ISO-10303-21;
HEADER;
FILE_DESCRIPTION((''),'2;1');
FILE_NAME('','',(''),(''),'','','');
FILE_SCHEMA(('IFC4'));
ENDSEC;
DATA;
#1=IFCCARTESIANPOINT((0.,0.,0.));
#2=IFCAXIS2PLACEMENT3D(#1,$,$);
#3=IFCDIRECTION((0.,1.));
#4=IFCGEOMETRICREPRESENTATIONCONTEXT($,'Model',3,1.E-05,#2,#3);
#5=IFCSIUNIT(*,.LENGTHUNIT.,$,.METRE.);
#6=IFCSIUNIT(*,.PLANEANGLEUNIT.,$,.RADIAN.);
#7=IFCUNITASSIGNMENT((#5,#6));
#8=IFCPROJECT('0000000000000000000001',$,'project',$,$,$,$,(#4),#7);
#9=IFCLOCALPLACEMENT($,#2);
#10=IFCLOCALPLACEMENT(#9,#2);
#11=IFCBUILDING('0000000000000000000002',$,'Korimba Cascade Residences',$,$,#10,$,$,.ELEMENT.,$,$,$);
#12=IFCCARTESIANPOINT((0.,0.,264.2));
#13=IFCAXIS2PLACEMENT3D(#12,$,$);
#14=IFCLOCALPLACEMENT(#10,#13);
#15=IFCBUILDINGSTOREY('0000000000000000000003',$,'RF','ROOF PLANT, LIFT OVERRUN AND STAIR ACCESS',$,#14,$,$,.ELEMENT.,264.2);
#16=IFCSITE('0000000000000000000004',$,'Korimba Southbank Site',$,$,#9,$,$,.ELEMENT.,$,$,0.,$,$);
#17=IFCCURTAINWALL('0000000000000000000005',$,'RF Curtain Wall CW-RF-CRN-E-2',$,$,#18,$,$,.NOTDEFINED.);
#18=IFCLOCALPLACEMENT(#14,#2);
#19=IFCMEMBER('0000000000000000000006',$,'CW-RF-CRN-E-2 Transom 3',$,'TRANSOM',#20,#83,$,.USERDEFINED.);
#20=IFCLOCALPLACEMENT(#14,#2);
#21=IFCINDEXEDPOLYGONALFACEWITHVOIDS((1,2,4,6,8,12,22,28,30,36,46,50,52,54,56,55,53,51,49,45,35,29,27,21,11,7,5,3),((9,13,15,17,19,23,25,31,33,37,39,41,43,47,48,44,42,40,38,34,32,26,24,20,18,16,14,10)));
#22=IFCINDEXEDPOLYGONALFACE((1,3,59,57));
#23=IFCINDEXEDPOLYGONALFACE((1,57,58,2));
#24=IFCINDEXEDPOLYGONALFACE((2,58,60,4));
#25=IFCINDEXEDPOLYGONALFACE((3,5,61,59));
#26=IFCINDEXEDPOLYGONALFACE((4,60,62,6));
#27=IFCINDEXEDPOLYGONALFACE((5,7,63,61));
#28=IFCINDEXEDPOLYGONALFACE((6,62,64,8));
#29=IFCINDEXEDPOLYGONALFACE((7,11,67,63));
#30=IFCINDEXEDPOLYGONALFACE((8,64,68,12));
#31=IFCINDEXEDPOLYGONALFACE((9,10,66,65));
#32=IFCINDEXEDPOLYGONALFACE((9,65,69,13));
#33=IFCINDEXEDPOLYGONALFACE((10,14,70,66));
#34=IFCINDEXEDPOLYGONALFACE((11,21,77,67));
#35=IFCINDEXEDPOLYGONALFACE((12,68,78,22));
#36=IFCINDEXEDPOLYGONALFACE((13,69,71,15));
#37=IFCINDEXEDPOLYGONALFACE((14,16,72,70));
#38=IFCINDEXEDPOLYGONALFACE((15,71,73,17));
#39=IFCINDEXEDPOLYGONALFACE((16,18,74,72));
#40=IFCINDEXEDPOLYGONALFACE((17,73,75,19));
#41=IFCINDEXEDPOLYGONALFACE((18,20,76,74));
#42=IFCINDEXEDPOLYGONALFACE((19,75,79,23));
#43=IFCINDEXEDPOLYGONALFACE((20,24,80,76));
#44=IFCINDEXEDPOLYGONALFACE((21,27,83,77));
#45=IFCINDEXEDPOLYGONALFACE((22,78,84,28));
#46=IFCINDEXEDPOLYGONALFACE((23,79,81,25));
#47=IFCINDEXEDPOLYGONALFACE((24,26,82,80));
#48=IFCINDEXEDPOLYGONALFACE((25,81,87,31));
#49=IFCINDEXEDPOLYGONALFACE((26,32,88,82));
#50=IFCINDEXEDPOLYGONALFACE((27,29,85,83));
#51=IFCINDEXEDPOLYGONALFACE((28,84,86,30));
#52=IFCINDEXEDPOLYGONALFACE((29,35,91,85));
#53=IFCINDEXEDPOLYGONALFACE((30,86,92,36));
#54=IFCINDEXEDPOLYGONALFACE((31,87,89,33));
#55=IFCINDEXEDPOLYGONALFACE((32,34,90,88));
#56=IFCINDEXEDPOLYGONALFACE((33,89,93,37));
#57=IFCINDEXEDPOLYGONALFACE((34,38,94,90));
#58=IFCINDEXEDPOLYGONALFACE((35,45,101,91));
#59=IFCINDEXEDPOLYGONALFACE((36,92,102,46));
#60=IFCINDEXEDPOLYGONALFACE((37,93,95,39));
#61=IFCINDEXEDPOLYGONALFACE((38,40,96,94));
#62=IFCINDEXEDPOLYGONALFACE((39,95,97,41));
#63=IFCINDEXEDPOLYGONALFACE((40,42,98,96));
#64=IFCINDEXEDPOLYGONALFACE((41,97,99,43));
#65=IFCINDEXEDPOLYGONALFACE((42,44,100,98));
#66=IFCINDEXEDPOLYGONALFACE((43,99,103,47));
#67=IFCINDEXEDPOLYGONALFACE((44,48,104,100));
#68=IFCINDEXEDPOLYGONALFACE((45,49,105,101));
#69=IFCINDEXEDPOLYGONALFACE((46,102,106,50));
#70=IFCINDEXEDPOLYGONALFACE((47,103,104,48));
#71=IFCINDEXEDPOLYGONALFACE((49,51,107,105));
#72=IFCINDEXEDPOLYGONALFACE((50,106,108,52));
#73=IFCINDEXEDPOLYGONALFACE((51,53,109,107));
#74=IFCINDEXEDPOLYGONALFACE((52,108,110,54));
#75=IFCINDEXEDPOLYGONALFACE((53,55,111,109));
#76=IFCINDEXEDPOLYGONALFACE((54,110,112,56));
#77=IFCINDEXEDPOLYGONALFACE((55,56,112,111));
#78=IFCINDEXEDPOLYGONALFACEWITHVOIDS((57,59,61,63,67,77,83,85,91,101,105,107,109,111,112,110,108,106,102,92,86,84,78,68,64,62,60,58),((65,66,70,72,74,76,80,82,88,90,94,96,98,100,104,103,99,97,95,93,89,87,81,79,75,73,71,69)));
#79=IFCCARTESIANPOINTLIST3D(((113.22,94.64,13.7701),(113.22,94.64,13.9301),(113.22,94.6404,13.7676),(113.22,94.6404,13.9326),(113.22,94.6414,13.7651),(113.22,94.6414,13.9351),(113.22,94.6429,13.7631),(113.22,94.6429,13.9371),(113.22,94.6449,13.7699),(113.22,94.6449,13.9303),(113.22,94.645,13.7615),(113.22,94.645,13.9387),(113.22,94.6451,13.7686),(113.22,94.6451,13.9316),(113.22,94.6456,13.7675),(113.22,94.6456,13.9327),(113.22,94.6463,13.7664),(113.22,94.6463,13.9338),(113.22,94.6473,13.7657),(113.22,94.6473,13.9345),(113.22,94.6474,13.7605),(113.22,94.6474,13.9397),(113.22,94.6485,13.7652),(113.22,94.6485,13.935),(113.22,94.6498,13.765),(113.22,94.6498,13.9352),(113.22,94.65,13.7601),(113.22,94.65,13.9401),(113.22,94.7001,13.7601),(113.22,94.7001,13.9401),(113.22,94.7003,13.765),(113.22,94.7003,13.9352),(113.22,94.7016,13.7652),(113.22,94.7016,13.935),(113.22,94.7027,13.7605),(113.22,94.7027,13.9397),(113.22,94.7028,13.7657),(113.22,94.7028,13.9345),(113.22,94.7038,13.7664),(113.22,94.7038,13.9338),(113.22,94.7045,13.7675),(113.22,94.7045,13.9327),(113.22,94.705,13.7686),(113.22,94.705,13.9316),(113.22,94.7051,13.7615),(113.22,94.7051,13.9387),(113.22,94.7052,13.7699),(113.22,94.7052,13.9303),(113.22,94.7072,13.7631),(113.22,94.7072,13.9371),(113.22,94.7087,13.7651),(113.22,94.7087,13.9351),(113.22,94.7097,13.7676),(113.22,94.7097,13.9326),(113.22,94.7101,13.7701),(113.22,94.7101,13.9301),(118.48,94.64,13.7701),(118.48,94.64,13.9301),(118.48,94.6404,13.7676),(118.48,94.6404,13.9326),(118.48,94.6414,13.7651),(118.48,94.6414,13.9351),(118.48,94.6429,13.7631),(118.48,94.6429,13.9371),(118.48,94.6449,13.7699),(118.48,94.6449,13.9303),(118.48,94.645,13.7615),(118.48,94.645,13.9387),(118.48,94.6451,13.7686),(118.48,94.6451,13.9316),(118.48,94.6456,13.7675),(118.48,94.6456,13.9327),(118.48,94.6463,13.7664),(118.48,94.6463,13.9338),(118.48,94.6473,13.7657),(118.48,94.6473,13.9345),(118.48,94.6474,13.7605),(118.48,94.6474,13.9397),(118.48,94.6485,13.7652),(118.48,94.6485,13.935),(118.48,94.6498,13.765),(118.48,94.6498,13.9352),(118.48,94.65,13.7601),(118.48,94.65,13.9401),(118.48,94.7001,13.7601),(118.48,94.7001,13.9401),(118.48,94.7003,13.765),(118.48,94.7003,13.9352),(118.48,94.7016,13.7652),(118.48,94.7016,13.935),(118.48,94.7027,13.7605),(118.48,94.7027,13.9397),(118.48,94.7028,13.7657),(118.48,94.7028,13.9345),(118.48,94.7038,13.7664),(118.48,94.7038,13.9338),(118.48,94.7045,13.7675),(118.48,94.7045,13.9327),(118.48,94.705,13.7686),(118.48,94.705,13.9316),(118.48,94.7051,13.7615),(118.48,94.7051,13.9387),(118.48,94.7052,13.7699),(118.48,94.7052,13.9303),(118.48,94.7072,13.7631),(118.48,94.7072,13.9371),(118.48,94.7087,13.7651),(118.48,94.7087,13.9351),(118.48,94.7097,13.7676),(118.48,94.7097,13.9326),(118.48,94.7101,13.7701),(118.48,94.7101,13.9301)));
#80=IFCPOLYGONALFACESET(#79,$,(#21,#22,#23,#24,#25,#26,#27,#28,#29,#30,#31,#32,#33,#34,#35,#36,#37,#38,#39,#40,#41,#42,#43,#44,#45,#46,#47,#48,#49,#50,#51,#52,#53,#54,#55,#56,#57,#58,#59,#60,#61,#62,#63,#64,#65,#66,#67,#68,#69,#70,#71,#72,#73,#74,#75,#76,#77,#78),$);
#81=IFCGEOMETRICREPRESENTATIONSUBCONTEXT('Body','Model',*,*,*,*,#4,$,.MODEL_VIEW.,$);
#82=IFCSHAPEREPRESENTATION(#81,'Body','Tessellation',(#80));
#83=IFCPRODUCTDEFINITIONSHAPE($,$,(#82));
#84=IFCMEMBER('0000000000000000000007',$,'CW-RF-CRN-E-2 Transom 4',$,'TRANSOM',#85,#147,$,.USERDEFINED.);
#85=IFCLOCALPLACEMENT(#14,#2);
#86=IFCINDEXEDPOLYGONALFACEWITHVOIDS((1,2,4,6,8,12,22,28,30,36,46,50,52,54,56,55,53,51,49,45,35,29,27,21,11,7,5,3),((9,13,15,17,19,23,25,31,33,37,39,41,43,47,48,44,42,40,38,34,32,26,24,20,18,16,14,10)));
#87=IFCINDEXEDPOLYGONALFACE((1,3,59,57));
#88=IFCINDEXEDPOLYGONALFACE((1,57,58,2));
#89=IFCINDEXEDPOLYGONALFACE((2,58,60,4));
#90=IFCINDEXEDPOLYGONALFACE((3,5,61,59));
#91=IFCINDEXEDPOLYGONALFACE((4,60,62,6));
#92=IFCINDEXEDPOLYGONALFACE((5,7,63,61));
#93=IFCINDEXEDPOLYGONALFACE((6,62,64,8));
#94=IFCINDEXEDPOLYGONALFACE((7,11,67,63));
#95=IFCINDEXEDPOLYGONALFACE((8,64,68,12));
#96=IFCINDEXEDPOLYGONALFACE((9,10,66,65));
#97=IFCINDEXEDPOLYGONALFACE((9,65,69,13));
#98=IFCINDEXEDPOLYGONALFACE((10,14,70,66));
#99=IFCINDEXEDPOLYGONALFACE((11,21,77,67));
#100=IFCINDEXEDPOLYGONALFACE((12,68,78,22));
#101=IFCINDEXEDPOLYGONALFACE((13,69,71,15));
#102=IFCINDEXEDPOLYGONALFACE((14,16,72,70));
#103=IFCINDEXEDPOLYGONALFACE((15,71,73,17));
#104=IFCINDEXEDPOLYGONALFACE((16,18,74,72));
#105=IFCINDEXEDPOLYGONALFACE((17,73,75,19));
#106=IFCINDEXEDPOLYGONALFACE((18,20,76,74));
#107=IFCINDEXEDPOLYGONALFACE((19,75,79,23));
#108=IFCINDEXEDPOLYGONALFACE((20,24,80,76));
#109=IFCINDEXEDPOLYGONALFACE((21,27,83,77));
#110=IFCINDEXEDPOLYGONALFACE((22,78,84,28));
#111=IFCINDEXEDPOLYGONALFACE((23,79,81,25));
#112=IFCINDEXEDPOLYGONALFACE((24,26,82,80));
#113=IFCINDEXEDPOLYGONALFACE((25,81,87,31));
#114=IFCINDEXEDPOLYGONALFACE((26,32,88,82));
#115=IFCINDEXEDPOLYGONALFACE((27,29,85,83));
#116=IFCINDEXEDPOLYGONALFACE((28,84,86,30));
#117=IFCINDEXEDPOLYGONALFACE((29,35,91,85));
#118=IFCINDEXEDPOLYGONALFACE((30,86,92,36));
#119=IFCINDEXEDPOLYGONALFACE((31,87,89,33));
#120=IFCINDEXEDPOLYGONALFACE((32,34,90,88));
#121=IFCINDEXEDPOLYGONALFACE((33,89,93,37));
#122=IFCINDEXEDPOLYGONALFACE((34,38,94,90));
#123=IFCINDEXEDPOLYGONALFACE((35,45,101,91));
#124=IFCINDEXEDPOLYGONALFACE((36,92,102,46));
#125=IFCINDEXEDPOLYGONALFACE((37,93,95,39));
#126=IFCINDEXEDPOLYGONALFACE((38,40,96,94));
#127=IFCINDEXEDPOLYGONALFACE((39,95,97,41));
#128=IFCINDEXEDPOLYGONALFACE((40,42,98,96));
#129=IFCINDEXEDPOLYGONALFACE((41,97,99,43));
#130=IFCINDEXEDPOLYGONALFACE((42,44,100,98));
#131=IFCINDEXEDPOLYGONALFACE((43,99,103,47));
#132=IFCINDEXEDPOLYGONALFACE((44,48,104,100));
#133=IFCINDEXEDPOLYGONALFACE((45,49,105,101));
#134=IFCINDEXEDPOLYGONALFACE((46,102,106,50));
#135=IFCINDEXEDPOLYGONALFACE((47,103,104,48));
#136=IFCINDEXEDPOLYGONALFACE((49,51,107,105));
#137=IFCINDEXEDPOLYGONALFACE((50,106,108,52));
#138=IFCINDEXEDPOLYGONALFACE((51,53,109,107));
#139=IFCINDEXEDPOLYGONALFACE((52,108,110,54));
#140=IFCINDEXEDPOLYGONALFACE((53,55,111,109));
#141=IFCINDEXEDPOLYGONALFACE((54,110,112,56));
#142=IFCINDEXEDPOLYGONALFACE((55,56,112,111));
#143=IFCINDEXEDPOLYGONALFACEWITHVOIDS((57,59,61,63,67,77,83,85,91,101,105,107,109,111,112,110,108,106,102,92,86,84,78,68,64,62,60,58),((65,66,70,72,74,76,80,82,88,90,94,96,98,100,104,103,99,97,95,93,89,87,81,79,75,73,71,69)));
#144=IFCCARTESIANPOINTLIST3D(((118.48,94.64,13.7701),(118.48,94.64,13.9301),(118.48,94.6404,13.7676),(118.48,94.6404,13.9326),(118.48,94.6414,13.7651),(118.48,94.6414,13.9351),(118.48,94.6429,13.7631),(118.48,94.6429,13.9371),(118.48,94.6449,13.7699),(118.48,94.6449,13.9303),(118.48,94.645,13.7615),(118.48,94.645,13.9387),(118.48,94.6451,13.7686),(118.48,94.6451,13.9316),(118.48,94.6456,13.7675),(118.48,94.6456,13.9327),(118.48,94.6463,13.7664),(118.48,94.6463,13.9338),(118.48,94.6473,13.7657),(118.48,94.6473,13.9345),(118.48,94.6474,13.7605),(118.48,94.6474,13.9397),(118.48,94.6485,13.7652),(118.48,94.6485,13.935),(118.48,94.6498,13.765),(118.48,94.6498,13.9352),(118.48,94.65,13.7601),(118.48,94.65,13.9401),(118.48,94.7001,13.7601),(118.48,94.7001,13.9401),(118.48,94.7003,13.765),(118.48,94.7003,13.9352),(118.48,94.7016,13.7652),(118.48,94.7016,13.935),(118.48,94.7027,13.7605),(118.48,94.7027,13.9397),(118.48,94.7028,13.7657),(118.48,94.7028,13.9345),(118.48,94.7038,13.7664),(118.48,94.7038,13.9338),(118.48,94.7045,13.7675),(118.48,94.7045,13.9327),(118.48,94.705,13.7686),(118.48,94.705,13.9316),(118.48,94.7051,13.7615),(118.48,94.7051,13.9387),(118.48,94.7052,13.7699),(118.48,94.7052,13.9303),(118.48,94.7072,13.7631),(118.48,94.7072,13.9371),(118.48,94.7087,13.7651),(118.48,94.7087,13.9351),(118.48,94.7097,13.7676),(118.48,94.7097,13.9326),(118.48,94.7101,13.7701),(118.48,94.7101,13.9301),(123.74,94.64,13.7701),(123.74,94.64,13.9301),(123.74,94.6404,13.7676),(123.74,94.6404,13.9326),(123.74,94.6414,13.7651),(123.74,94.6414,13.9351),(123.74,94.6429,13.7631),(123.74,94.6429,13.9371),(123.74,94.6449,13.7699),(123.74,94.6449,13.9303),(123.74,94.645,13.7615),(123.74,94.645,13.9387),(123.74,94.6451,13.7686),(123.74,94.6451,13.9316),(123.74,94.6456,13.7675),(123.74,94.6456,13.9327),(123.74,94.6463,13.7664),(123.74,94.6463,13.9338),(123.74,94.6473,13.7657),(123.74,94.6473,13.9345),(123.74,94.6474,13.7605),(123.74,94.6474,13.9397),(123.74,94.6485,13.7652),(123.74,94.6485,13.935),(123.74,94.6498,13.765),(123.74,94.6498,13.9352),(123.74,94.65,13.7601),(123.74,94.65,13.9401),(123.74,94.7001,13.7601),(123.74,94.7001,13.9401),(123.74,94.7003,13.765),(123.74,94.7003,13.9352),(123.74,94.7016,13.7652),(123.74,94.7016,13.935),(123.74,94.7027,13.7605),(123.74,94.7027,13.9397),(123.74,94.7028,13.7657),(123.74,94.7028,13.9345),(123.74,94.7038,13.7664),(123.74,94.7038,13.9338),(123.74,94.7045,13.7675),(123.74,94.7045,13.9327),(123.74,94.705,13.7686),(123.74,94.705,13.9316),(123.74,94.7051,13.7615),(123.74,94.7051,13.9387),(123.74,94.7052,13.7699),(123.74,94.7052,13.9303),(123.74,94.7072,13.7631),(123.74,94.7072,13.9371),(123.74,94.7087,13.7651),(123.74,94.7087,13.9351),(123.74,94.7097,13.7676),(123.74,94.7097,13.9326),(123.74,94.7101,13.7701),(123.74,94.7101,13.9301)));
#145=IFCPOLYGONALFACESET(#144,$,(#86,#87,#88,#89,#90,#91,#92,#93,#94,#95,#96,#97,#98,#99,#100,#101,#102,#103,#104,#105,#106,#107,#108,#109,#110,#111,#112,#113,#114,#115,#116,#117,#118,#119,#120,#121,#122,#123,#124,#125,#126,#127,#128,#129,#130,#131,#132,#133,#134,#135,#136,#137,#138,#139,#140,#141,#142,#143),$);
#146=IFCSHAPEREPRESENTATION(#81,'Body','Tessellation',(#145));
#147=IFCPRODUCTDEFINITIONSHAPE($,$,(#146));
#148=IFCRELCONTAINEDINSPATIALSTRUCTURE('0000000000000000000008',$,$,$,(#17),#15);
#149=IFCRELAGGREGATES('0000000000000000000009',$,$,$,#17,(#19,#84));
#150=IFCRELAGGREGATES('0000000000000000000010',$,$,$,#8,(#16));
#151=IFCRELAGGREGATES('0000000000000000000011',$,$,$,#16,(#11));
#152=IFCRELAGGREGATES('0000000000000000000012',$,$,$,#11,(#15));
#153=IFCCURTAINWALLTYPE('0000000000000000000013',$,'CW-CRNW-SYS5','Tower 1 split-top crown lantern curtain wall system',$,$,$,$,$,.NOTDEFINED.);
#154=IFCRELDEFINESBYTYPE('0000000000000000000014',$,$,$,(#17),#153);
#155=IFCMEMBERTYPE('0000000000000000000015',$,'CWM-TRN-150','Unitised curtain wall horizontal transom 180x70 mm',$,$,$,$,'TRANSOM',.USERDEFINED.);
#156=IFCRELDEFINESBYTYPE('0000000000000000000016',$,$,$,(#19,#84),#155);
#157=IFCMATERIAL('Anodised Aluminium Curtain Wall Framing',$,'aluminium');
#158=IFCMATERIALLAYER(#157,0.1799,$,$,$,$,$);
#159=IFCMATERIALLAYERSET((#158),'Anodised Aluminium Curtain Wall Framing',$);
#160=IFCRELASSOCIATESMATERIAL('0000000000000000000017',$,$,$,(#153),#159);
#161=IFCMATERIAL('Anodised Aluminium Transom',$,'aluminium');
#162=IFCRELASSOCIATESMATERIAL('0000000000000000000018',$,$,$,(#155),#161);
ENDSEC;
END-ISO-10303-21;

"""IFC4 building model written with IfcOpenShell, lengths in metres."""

from ifc_helpers import new_model, si_unit, direction, frame, origin, origin_2d, place, context, subcontext, project, spatial, hollow_rectangle, extrude, material, layer, layer_set, material_profile, profile_set, type_object, element, aggregate, save


model = new_model("IFC4")

# Units and contexts
model_context = context("Model", 3, precision=1e-05, world=origin(), true_north=direction((0.0, 1.0)))
body_context = subcontext(model_context, "Body", "Model", "MODEL_VIEW")
ifc_project = project(units=[si_unit("LENGTHUNIT", "METRE"), si_unit("PLANEANGLEUNIT", "RADIAN")], contexts=[model_context])

# Site, building, storey
site_placement = place(None, origin())
site = spatial("IfcSite", under=ifc_project, at=site_placement, Name="Korimba Southbank Site", CompositionType="ELEMENT", RefElevation=0.0)
building_placement = place(site_placement, origin())
building = spatial("IfcBuilding", under=site, at=building_placement, Name="Korimba Cascade Residences", CompositionType="ELEMENT")
storey_placement = place(building_placement, frame((0.0, 0.0, 264.2)))
storey = spatial("IfcBuildingStorey", under=building, at=storey_placement, Name="RF", Description="ROOF PLANT, LIFT OVERRUN AND STAIR ACCESS", CompositionType="ELEMENT", Elevation=264.2)

# Curtain wall, members
ifc_material_1 = material(Name="Anodised Aluminium Curtain Wall Framing", Category="aluminium")
ifc_layer_1 = layer(ifc_material_1, 0.1799)
ifc_layer_set_1 = layer_set([ifc_layer_1], Name="Anodised Aluminium Curtain Wall Framing")
curtain_wall_type = type_object("IfcCurtainWallType", Name="CW-CRNW-SYS5", Description="Tower 1 split-top crown lantern curtain wall system", PredefinedType="NOTDEFINED", material=ifc_layer_set_1)
curtain_wall_placement = place(storey_placement, origin())
curtain_wall = element("IfcCurtainWall", 1, at=curtain_wall_placement, inside=storey, type_object=curtain_wall_type, Name="RF Curtain Wall CW-RF-CRN-E-2", PredefinedType="NOTDEFINED")
ifc_material_2 = material(Name="Anodised Aluminium Transom", Category="aluminium")
ifc_material_profile_1 = material_profile(ifc_material_2, hollow_rectangle(XDim=0.0701, YDim=0.1799, WallThickness=0.0049, InnerFilletRadius=0.0049, OuterFilletRadius=0.01, at=origin_2d()), Name="Anodised Aluminium Transom")
ifc_profile_set_1 = profile_set([ifc_material_profile_1], Name="Anodised Aluminium Transom")
member_type_1 = type_object("IfcMemberType", Name="CWM-TRN-150", Description="Unitised curtain wall horizontal transom 180x70 mm", ElementType="TRANSOM", PredefinedType="USERDEFINED", material=ifc_profile_set_1)
member_1_placement = place(storey_placement, frame((113.22, 94.675, 13.8501), z_axis=(1.0, 0.0, 0.0), x_axis=(0.0, 1.0, 0.0)))
member_1 = element("IfcMember", 2, at=member_1_placement, type_object=member_type_1, Name="CW-RF-CRN-E-2 Transom 3", ObjectType="TRANSOM", PredefinedType="USERDEFINED", context=body_context, shape_type="SweptSolid", body=[
    extrude(hollow_rectangle(XDim=0.0701, YDim=0.1799, WallThickness=0.0049, InnerFilletRadius=0.0049, OuterFilletRadius=0.01, at=origin_2d()), origin(), (0.0, 0.0, 1.0), 5.26),
])
member_2_placement = place(storey_placement, frame((118.48, 94.675, 13.8501), z_axis=(1.0, 0.0, 0.0), x_axis=(0.0, 1.0, 0.0)))
member_2 = element("IfcMember", 3, at=member_2_placement, type_object=member_type_1, Name="CW-RF-CRN-E-2 Transom 4", ObjectType="TRANSOM", PredefinedType="USERDEFINED", context=body_context, shape_type="SweptSolid", body=[
    extrude(hollow_rectangle(XDim=0.0701, YDim=0.1799, WallThickness=0.0049, InnerFilletRadius=0.0049, OuterFilletRadius=0.01, at=origin_2d()), origin(), (0.0, 0.0, 1.0), 5.26),
])

aggregate(curtain_wall, [member_1, member_2])

save(model, "model.ifc")
